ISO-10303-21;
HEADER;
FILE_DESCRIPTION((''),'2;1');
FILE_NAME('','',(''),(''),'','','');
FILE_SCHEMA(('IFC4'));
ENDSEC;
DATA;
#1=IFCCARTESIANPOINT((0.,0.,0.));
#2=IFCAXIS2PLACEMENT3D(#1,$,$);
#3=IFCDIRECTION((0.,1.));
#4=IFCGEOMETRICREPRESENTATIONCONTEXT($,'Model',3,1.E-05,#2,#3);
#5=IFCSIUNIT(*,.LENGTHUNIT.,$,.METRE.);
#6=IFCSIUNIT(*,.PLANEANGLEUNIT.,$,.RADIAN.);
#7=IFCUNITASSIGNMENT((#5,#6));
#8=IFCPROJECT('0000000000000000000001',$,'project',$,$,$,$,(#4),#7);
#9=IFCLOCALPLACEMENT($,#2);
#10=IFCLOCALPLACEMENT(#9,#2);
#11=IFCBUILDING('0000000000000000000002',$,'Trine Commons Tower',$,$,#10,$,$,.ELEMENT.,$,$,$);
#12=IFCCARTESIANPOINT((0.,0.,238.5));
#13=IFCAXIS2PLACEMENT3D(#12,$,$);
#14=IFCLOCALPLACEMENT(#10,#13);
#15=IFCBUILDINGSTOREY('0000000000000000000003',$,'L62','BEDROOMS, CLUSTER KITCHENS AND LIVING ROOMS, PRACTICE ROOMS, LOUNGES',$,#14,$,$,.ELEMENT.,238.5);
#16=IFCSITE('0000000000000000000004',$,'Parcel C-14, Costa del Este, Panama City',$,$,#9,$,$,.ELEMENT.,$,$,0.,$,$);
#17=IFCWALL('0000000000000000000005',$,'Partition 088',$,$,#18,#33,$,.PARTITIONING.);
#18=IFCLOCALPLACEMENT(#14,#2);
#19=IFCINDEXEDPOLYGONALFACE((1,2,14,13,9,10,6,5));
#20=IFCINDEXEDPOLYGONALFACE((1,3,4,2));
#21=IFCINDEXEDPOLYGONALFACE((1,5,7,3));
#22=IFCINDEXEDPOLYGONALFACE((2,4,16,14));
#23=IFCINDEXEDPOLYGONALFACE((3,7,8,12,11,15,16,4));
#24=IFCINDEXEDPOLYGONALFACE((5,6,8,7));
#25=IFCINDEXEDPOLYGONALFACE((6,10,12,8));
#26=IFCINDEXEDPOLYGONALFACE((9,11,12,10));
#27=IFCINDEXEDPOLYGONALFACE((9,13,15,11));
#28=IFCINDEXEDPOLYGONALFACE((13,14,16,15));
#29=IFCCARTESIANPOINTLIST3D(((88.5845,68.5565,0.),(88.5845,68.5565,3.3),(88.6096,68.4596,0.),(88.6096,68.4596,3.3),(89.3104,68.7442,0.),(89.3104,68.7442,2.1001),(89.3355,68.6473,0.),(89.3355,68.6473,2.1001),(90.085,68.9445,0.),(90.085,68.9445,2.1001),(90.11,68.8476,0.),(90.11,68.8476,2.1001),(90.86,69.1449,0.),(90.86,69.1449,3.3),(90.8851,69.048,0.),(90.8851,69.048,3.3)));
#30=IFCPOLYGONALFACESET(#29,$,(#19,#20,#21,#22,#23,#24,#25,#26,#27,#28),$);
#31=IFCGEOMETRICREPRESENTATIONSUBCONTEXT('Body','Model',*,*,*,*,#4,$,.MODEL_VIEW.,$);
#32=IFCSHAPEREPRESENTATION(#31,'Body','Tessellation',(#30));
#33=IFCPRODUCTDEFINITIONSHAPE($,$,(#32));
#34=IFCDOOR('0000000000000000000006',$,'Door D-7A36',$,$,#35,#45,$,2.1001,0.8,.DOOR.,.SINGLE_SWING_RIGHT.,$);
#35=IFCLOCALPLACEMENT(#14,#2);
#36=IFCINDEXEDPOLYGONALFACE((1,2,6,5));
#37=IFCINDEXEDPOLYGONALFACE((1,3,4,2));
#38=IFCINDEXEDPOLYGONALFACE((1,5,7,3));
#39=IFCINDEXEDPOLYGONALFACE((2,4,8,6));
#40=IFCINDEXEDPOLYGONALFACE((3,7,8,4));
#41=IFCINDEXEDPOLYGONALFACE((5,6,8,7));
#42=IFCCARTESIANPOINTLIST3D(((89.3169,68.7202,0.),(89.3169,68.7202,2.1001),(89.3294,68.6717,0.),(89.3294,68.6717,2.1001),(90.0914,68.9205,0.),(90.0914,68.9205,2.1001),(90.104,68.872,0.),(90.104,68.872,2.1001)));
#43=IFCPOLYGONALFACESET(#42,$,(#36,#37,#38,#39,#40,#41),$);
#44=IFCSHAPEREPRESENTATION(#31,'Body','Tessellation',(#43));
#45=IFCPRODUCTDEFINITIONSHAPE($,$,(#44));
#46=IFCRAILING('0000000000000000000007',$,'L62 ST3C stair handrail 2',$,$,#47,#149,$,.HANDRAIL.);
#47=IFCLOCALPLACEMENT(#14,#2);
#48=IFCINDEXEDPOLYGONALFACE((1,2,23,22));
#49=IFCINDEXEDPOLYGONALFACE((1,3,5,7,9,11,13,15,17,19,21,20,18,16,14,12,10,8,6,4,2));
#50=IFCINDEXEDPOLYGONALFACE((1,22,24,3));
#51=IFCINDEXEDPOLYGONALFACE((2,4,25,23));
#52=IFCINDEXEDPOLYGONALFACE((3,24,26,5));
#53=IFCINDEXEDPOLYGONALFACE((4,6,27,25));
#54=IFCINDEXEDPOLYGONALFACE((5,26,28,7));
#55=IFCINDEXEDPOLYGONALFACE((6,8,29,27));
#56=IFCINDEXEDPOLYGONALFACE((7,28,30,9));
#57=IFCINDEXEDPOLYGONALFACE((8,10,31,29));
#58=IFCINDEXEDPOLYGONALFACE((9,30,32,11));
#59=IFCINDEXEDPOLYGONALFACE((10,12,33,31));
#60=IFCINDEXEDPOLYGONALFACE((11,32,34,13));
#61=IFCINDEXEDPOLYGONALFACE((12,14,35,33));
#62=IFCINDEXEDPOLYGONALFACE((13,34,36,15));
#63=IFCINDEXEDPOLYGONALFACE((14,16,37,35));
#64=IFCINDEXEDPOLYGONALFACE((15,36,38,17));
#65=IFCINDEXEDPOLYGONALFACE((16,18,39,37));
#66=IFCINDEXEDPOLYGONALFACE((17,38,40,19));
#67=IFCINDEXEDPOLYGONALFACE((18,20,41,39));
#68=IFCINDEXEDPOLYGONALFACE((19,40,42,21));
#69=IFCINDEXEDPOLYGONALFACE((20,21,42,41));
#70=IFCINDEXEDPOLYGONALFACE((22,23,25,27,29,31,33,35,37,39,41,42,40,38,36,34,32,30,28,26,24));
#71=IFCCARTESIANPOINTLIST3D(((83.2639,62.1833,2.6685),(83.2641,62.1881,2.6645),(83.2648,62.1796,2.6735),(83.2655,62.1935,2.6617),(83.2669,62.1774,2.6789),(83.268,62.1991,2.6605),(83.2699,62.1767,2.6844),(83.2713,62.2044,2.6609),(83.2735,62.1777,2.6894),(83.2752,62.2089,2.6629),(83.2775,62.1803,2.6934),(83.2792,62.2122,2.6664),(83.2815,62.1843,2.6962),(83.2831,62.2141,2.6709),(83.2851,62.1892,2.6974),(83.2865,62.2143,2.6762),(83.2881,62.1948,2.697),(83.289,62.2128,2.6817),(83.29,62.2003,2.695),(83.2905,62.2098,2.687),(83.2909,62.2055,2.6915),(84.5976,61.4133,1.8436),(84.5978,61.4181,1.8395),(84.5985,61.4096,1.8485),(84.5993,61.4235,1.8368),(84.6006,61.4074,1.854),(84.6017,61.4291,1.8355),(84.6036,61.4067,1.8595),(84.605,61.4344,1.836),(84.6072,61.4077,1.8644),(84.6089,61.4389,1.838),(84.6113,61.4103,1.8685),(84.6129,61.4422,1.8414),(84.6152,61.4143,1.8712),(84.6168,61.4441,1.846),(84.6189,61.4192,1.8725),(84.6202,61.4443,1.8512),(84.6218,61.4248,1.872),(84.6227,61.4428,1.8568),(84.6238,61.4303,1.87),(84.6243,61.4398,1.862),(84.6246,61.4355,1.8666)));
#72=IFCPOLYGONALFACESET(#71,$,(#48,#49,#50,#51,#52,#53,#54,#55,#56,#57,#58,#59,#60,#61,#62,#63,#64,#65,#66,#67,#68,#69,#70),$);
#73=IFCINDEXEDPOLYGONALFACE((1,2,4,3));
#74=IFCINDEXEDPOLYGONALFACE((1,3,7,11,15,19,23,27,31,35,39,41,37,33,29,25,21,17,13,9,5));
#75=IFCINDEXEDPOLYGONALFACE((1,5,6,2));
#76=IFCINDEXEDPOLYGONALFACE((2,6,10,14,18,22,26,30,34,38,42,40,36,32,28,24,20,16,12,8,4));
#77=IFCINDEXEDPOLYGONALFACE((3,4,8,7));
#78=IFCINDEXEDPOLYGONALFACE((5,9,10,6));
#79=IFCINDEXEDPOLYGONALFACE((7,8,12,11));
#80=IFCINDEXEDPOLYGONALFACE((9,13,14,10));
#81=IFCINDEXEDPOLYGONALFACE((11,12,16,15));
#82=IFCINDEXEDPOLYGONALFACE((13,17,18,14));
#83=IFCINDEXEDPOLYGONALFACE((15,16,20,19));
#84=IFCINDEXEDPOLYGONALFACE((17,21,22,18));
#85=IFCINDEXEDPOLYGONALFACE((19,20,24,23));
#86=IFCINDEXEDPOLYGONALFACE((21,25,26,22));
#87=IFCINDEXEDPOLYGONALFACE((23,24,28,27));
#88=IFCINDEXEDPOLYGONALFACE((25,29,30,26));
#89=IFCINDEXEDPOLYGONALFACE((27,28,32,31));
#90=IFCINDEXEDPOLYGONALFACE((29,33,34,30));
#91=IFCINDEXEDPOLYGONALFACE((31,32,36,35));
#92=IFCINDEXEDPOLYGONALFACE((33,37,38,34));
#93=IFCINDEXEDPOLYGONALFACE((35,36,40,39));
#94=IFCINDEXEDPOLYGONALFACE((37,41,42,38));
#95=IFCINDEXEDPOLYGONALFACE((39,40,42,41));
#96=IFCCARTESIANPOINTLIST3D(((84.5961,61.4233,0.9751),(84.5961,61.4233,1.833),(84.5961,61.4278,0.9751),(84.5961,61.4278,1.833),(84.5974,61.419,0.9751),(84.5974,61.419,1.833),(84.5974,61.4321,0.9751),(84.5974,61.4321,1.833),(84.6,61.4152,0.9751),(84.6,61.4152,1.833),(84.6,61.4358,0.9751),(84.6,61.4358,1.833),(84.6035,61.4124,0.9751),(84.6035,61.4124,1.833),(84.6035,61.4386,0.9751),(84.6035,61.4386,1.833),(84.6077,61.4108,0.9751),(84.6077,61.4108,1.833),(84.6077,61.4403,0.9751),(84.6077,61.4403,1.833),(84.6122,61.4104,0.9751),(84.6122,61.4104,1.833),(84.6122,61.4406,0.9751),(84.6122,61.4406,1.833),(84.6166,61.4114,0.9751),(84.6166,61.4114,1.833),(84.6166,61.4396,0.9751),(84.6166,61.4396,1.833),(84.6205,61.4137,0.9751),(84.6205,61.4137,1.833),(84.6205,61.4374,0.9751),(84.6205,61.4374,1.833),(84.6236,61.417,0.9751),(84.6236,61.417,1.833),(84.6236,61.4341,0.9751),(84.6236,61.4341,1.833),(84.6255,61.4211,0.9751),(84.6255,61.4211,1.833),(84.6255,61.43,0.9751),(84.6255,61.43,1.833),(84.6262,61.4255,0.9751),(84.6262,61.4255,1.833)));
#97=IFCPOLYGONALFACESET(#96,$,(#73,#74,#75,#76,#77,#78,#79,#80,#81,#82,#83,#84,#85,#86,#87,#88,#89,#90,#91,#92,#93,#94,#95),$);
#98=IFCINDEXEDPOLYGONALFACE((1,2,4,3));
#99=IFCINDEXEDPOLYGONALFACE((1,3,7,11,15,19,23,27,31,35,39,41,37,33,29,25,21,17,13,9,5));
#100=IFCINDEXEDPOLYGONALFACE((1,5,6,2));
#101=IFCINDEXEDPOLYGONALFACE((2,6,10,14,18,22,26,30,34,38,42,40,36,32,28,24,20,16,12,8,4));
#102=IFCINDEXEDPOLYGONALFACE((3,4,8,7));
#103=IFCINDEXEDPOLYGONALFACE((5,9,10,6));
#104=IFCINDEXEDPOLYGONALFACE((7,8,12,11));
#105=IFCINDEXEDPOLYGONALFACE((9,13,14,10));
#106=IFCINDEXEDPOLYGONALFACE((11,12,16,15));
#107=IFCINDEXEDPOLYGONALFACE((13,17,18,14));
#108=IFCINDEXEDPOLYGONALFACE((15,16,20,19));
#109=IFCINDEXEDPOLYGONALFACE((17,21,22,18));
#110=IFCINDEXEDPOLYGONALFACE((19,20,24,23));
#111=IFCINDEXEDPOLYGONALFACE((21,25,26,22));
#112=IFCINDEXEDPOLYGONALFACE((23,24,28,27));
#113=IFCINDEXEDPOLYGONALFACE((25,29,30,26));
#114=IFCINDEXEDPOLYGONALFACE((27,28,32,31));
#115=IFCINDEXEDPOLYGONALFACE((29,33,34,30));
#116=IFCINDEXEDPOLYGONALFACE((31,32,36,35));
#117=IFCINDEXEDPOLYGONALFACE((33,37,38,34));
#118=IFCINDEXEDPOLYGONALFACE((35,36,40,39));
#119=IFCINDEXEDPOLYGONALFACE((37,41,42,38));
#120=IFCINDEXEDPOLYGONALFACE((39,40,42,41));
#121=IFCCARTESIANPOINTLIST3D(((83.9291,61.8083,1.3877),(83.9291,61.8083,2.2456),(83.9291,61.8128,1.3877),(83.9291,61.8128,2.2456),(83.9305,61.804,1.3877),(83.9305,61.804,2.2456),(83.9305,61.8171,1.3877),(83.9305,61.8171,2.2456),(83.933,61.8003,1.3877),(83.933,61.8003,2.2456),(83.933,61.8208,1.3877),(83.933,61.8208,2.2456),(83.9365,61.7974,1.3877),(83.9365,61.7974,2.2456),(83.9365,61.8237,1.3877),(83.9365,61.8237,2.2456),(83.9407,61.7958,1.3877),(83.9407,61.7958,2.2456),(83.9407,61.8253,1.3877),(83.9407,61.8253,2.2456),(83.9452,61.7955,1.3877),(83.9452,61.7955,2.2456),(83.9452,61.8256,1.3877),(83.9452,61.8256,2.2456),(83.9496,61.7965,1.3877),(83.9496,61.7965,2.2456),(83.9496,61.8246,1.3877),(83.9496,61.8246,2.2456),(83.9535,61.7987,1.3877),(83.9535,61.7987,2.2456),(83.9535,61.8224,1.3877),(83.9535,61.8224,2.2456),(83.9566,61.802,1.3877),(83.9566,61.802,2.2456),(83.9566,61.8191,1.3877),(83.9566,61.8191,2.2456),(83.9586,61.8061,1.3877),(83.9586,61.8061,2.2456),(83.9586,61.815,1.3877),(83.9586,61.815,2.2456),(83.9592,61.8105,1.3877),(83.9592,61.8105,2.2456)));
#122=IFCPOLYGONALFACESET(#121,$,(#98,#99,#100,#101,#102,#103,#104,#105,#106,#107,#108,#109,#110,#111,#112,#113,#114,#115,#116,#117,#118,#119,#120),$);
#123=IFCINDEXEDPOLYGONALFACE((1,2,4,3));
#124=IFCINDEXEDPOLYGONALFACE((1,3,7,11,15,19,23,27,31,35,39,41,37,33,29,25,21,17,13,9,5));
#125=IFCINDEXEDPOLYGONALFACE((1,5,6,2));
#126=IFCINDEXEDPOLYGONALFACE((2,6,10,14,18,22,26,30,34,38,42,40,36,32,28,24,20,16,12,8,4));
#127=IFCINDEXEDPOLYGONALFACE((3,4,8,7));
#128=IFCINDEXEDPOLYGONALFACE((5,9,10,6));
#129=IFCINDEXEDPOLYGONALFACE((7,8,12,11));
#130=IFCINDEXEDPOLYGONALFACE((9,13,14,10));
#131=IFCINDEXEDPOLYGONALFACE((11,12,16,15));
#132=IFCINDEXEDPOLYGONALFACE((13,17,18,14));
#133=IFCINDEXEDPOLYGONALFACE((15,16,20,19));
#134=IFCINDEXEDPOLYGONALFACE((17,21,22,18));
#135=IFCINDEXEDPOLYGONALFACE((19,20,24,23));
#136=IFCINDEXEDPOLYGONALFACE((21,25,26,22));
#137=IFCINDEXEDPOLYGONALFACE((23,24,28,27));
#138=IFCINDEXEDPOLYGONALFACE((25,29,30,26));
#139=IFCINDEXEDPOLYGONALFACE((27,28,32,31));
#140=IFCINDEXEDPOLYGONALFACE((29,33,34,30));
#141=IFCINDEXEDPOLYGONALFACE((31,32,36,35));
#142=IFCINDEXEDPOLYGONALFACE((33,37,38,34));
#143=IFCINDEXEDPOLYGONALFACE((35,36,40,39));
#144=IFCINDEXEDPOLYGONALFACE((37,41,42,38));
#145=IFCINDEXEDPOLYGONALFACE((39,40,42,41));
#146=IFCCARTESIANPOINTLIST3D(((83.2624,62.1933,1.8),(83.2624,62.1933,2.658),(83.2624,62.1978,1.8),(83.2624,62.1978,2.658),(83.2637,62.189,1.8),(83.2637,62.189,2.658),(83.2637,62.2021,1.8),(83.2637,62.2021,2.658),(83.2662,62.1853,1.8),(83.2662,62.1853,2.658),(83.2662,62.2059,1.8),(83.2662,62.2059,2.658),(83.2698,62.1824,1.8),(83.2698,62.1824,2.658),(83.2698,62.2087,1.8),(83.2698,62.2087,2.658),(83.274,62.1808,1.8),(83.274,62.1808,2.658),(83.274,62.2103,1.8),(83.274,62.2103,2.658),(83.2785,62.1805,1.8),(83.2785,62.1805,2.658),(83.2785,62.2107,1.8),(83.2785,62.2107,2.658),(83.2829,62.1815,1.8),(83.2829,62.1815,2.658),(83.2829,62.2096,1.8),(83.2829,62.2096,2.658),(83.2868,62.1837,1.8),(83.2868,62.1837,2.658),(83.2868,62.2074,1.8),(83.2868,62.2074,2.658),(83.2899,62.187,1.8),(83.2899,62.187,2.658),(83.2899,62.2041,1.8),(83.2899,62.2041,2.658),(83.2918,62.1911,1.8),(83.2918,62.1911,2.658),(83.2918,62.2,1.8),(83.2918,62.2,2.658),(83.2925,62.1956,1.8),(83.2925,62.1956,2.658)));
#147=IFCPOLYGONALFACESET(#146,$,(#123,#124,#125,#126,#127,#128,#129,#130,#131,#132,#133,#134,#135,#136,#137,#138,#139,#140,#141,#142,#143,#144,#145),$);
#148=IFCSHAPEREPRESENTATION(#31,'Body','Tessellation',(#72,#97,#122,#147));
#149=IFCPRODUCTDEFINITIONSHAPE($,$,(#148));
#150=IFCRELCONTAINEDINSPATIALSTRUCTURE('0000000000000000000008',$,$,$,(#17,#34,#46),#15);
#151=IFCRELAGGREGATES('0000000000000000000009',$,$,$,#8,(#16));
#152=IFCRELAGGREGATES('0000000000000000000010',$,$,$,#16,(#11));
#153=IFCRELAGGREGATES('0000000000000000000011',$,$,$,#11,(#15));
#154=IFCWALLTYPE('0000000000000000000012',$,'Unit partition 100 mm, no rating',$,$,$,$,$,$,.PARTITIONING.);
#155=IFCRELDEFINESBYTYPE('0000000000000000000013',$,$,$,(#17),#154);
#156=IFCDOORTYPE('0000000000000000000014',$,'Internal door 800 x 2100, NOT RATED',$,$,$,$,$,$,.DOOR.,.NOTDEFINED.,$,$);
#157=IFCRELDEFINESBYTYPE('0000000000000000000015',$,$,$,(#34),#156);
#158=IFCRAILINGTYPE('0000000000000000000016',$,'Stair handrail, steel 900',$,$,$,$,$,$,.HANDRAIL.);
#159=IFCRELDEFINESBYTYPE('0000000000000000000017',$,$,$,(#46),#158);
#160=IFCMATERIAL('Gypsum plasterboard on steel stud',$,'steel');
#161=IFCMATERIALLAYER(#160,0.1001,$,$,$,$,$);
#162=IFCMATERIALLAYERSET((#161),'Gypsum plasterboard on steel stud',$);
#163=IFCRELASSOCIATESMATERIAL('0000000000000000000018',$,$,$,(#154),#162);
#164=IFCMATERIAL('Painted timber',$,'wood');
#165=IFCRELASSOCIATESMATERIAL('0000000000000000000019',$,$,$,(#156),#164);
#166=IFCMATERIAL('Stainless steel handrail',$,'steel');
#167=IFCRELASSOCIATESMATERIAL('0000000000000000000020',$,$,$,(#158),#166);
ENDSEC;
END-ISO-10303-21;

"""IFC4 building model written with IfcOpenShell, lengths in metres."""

from ifc_helpers import new_model, si_unit, direction, frame, frame_2d, origin, origin_2d, place, context, subcontext, project, spatial, rectangle, circle, extrude, material, layer, layer_set, type_object, element, fill, save


model = new_model("IFC4")

# Units and contexts
model_context = context("Model", 3, precision=1e-05, world=origin(), true_north=direction((0.0, 1.0)))
body_context = subcontext(model_context, "Body", "Model", "MODEL_VIEW")
ifc_project = project(units=[si_unit("LENGTHUNIT", "METRE"), si_unit("PLANEANGLEUNIT", "RADIAN")], contexts=[model_context])

# Site, building, storey
site_placement = place(None, origin())
site = spatial("IfcSite", under=ifc_project, at=site_placement, Name="Parcel C-14, Costa del Este, Panama City", CompositionType="ELEMENT", RefElevation=0.0)
building_placement = place(site_placement, origin())
building = spatial("IfcBuilding", under=site, at=building_placement, Name="Trine Commons Tower", CompositionType="ELEMENT")
storey_placement = place(building_placement, frame((0.0, 0.0, 238.5)))
storey = spatial("IfcBuildingStorey", under=building, at=storey_placement, Name="L62", Description="BEDROOMS, CLUSTER KITCHENS AND LIVING ROOMS, PRACTICE ROOMS, LOUNGES", CompositionType="ELEMENT", Elevation=238.5)

# Shared definitions
ifc_material_1 = material(Name="Gypsum plasterboard on steel stud", Category="steel")

# Shared definitions
ifc_material_2 = material(Name="Painted timber", Category="wood")

# Wall, opening, door
ifc_layer_1 = layer(ifc_material_1, 0.1001)
ifc_layer_set_1 = layer_set([ifc_layer_1], Name="Gypsum plasterboard on steel stud")
wall_type_1 = type_object("IfcWallType", Name="Unit partition 100 mm, no rating", PredefinedType="PARTITIONING", material=ifc_layer_set_1)
wall_1_placement = place(storey_placement, frame((88.5969, 68.5081, 0.0), z_axis=(0.0, 0.0, 1.0), x_axis=(0.968156, 0.250349, 0.0)))
wall_1 = element("IfcWall", 1, at=wall_1_placement, inside=storey, type_object=wall_type_1, Name="Partition 088", PredefinedType="PARTITIONING", context=body_context, shape_type="SweptSolid", body=[
    extrude(rectangle(XDim=2.3503, YDim=0.1001, at=frame_2d((1.1753, 0.0))), origin(), (0.0, 0.0, 1.0), 3.3),
])
opening_1_placement = place(wall_1_placement, frame((0.75, 0.0, 0.0)))
opening_1 = element("IfcOpeningElement", 2, at=opening_1_placement, cuts=wall_1, PredefinedType="OPENING", context=body_context, shape_type="SweptSolid", body=[
    extrude(rectangle(XDim=0.8, YDim=2.1001, at=frame_2d((0.3999, 1.05))), frame((0.0, 0.0601, 0.0), z_axis=(0.0, -1.0, 0.0), x_axis=(1.0, 0.0, 0.0)), (0.0, 0.0, 1.0), 0.1201),
])
door_type_1 = type_object("IfcDoorType", Name="Internal door 800 x 2100, NOT RATED", OperationType="NOTDEFINED", PredefinedType="DOOR", material=ifc_material_2)
door_1_placement = place(opening_1_placement, frame((0.8, 0.0, 0.0), z_axis=(0.0, 0.0, 1.0), x_axis=(-1.0, 0.0, 0.0)))
door_1 = element("IfcDoor", 3, at=door_1_placement, inside=storey, type_object=door_type_1, Name="Door D-7A36", OperationType="SINGLE_SWING_RIGHT", OverallHeight=2.1001, OverallWidth=0.8, PredefinedType="DOOR", context=body_context, shape_type="SweptSolid", body=[
    extrude(rectangle(XDim=0.8, YDim=2.1001, at=frame_2d((0.3999, 1.05))), frame((0.0, 0.0249, 0.0), z_axis=(0.0, -1.0, 0.0), x_axis=(1.0, 0.0, 0.0)), (0.0, 0.0, 1.0), 0.05),
])
fill(opening_1, door_1)

# Railing
ifc_material_3 = material(Name="Stainless steel handrail", Category="steel")
railing_type = type_object("IfcRailingType", Name="Stair handrail, steel 900", PredefinedType="HANDRAIL", material=ifc_material_3)
railing_placement = place(storey_placement, frame((84.6111, 61.4255, 0.9751)))
element("IfcRailing", 4, at=railing_placement, inside=storey, type_object=railing_type, Name="L62 ST3C stair handrail 2", PredefinedType="HANDRAIL", context=body_context, shape_type="SweptSolid", body=[
    extrude(circle(Radius=0.021, at=origin_2d()), frame((0.0, 0.0, 0.8789), z_axis=(-0.763405, 0.440743, 0.472185), x_axis=(-0.499992, -0.86603, 0.0)), (0.0, 0.0, 1.0), 1.7471),
    extrude(circle(Radius=0.0151, at=origin_2d()), origin(), (0.0, 0.0, 1.0), 0.8579),
    extrude(circle(Radius=0.0151, at=origin_2d()), frame((-0.667, 0.385, 0.4126)), (0.0, 0.0, 1.0), 0.8579),
    extrude(circle(Radius=0.0151, at=origin_2d()), frame((-1.3337, 0.77, 0.825)), (0.0, 0.0, 1.0), 0.8579),
])

save(model, "model.ifc")
